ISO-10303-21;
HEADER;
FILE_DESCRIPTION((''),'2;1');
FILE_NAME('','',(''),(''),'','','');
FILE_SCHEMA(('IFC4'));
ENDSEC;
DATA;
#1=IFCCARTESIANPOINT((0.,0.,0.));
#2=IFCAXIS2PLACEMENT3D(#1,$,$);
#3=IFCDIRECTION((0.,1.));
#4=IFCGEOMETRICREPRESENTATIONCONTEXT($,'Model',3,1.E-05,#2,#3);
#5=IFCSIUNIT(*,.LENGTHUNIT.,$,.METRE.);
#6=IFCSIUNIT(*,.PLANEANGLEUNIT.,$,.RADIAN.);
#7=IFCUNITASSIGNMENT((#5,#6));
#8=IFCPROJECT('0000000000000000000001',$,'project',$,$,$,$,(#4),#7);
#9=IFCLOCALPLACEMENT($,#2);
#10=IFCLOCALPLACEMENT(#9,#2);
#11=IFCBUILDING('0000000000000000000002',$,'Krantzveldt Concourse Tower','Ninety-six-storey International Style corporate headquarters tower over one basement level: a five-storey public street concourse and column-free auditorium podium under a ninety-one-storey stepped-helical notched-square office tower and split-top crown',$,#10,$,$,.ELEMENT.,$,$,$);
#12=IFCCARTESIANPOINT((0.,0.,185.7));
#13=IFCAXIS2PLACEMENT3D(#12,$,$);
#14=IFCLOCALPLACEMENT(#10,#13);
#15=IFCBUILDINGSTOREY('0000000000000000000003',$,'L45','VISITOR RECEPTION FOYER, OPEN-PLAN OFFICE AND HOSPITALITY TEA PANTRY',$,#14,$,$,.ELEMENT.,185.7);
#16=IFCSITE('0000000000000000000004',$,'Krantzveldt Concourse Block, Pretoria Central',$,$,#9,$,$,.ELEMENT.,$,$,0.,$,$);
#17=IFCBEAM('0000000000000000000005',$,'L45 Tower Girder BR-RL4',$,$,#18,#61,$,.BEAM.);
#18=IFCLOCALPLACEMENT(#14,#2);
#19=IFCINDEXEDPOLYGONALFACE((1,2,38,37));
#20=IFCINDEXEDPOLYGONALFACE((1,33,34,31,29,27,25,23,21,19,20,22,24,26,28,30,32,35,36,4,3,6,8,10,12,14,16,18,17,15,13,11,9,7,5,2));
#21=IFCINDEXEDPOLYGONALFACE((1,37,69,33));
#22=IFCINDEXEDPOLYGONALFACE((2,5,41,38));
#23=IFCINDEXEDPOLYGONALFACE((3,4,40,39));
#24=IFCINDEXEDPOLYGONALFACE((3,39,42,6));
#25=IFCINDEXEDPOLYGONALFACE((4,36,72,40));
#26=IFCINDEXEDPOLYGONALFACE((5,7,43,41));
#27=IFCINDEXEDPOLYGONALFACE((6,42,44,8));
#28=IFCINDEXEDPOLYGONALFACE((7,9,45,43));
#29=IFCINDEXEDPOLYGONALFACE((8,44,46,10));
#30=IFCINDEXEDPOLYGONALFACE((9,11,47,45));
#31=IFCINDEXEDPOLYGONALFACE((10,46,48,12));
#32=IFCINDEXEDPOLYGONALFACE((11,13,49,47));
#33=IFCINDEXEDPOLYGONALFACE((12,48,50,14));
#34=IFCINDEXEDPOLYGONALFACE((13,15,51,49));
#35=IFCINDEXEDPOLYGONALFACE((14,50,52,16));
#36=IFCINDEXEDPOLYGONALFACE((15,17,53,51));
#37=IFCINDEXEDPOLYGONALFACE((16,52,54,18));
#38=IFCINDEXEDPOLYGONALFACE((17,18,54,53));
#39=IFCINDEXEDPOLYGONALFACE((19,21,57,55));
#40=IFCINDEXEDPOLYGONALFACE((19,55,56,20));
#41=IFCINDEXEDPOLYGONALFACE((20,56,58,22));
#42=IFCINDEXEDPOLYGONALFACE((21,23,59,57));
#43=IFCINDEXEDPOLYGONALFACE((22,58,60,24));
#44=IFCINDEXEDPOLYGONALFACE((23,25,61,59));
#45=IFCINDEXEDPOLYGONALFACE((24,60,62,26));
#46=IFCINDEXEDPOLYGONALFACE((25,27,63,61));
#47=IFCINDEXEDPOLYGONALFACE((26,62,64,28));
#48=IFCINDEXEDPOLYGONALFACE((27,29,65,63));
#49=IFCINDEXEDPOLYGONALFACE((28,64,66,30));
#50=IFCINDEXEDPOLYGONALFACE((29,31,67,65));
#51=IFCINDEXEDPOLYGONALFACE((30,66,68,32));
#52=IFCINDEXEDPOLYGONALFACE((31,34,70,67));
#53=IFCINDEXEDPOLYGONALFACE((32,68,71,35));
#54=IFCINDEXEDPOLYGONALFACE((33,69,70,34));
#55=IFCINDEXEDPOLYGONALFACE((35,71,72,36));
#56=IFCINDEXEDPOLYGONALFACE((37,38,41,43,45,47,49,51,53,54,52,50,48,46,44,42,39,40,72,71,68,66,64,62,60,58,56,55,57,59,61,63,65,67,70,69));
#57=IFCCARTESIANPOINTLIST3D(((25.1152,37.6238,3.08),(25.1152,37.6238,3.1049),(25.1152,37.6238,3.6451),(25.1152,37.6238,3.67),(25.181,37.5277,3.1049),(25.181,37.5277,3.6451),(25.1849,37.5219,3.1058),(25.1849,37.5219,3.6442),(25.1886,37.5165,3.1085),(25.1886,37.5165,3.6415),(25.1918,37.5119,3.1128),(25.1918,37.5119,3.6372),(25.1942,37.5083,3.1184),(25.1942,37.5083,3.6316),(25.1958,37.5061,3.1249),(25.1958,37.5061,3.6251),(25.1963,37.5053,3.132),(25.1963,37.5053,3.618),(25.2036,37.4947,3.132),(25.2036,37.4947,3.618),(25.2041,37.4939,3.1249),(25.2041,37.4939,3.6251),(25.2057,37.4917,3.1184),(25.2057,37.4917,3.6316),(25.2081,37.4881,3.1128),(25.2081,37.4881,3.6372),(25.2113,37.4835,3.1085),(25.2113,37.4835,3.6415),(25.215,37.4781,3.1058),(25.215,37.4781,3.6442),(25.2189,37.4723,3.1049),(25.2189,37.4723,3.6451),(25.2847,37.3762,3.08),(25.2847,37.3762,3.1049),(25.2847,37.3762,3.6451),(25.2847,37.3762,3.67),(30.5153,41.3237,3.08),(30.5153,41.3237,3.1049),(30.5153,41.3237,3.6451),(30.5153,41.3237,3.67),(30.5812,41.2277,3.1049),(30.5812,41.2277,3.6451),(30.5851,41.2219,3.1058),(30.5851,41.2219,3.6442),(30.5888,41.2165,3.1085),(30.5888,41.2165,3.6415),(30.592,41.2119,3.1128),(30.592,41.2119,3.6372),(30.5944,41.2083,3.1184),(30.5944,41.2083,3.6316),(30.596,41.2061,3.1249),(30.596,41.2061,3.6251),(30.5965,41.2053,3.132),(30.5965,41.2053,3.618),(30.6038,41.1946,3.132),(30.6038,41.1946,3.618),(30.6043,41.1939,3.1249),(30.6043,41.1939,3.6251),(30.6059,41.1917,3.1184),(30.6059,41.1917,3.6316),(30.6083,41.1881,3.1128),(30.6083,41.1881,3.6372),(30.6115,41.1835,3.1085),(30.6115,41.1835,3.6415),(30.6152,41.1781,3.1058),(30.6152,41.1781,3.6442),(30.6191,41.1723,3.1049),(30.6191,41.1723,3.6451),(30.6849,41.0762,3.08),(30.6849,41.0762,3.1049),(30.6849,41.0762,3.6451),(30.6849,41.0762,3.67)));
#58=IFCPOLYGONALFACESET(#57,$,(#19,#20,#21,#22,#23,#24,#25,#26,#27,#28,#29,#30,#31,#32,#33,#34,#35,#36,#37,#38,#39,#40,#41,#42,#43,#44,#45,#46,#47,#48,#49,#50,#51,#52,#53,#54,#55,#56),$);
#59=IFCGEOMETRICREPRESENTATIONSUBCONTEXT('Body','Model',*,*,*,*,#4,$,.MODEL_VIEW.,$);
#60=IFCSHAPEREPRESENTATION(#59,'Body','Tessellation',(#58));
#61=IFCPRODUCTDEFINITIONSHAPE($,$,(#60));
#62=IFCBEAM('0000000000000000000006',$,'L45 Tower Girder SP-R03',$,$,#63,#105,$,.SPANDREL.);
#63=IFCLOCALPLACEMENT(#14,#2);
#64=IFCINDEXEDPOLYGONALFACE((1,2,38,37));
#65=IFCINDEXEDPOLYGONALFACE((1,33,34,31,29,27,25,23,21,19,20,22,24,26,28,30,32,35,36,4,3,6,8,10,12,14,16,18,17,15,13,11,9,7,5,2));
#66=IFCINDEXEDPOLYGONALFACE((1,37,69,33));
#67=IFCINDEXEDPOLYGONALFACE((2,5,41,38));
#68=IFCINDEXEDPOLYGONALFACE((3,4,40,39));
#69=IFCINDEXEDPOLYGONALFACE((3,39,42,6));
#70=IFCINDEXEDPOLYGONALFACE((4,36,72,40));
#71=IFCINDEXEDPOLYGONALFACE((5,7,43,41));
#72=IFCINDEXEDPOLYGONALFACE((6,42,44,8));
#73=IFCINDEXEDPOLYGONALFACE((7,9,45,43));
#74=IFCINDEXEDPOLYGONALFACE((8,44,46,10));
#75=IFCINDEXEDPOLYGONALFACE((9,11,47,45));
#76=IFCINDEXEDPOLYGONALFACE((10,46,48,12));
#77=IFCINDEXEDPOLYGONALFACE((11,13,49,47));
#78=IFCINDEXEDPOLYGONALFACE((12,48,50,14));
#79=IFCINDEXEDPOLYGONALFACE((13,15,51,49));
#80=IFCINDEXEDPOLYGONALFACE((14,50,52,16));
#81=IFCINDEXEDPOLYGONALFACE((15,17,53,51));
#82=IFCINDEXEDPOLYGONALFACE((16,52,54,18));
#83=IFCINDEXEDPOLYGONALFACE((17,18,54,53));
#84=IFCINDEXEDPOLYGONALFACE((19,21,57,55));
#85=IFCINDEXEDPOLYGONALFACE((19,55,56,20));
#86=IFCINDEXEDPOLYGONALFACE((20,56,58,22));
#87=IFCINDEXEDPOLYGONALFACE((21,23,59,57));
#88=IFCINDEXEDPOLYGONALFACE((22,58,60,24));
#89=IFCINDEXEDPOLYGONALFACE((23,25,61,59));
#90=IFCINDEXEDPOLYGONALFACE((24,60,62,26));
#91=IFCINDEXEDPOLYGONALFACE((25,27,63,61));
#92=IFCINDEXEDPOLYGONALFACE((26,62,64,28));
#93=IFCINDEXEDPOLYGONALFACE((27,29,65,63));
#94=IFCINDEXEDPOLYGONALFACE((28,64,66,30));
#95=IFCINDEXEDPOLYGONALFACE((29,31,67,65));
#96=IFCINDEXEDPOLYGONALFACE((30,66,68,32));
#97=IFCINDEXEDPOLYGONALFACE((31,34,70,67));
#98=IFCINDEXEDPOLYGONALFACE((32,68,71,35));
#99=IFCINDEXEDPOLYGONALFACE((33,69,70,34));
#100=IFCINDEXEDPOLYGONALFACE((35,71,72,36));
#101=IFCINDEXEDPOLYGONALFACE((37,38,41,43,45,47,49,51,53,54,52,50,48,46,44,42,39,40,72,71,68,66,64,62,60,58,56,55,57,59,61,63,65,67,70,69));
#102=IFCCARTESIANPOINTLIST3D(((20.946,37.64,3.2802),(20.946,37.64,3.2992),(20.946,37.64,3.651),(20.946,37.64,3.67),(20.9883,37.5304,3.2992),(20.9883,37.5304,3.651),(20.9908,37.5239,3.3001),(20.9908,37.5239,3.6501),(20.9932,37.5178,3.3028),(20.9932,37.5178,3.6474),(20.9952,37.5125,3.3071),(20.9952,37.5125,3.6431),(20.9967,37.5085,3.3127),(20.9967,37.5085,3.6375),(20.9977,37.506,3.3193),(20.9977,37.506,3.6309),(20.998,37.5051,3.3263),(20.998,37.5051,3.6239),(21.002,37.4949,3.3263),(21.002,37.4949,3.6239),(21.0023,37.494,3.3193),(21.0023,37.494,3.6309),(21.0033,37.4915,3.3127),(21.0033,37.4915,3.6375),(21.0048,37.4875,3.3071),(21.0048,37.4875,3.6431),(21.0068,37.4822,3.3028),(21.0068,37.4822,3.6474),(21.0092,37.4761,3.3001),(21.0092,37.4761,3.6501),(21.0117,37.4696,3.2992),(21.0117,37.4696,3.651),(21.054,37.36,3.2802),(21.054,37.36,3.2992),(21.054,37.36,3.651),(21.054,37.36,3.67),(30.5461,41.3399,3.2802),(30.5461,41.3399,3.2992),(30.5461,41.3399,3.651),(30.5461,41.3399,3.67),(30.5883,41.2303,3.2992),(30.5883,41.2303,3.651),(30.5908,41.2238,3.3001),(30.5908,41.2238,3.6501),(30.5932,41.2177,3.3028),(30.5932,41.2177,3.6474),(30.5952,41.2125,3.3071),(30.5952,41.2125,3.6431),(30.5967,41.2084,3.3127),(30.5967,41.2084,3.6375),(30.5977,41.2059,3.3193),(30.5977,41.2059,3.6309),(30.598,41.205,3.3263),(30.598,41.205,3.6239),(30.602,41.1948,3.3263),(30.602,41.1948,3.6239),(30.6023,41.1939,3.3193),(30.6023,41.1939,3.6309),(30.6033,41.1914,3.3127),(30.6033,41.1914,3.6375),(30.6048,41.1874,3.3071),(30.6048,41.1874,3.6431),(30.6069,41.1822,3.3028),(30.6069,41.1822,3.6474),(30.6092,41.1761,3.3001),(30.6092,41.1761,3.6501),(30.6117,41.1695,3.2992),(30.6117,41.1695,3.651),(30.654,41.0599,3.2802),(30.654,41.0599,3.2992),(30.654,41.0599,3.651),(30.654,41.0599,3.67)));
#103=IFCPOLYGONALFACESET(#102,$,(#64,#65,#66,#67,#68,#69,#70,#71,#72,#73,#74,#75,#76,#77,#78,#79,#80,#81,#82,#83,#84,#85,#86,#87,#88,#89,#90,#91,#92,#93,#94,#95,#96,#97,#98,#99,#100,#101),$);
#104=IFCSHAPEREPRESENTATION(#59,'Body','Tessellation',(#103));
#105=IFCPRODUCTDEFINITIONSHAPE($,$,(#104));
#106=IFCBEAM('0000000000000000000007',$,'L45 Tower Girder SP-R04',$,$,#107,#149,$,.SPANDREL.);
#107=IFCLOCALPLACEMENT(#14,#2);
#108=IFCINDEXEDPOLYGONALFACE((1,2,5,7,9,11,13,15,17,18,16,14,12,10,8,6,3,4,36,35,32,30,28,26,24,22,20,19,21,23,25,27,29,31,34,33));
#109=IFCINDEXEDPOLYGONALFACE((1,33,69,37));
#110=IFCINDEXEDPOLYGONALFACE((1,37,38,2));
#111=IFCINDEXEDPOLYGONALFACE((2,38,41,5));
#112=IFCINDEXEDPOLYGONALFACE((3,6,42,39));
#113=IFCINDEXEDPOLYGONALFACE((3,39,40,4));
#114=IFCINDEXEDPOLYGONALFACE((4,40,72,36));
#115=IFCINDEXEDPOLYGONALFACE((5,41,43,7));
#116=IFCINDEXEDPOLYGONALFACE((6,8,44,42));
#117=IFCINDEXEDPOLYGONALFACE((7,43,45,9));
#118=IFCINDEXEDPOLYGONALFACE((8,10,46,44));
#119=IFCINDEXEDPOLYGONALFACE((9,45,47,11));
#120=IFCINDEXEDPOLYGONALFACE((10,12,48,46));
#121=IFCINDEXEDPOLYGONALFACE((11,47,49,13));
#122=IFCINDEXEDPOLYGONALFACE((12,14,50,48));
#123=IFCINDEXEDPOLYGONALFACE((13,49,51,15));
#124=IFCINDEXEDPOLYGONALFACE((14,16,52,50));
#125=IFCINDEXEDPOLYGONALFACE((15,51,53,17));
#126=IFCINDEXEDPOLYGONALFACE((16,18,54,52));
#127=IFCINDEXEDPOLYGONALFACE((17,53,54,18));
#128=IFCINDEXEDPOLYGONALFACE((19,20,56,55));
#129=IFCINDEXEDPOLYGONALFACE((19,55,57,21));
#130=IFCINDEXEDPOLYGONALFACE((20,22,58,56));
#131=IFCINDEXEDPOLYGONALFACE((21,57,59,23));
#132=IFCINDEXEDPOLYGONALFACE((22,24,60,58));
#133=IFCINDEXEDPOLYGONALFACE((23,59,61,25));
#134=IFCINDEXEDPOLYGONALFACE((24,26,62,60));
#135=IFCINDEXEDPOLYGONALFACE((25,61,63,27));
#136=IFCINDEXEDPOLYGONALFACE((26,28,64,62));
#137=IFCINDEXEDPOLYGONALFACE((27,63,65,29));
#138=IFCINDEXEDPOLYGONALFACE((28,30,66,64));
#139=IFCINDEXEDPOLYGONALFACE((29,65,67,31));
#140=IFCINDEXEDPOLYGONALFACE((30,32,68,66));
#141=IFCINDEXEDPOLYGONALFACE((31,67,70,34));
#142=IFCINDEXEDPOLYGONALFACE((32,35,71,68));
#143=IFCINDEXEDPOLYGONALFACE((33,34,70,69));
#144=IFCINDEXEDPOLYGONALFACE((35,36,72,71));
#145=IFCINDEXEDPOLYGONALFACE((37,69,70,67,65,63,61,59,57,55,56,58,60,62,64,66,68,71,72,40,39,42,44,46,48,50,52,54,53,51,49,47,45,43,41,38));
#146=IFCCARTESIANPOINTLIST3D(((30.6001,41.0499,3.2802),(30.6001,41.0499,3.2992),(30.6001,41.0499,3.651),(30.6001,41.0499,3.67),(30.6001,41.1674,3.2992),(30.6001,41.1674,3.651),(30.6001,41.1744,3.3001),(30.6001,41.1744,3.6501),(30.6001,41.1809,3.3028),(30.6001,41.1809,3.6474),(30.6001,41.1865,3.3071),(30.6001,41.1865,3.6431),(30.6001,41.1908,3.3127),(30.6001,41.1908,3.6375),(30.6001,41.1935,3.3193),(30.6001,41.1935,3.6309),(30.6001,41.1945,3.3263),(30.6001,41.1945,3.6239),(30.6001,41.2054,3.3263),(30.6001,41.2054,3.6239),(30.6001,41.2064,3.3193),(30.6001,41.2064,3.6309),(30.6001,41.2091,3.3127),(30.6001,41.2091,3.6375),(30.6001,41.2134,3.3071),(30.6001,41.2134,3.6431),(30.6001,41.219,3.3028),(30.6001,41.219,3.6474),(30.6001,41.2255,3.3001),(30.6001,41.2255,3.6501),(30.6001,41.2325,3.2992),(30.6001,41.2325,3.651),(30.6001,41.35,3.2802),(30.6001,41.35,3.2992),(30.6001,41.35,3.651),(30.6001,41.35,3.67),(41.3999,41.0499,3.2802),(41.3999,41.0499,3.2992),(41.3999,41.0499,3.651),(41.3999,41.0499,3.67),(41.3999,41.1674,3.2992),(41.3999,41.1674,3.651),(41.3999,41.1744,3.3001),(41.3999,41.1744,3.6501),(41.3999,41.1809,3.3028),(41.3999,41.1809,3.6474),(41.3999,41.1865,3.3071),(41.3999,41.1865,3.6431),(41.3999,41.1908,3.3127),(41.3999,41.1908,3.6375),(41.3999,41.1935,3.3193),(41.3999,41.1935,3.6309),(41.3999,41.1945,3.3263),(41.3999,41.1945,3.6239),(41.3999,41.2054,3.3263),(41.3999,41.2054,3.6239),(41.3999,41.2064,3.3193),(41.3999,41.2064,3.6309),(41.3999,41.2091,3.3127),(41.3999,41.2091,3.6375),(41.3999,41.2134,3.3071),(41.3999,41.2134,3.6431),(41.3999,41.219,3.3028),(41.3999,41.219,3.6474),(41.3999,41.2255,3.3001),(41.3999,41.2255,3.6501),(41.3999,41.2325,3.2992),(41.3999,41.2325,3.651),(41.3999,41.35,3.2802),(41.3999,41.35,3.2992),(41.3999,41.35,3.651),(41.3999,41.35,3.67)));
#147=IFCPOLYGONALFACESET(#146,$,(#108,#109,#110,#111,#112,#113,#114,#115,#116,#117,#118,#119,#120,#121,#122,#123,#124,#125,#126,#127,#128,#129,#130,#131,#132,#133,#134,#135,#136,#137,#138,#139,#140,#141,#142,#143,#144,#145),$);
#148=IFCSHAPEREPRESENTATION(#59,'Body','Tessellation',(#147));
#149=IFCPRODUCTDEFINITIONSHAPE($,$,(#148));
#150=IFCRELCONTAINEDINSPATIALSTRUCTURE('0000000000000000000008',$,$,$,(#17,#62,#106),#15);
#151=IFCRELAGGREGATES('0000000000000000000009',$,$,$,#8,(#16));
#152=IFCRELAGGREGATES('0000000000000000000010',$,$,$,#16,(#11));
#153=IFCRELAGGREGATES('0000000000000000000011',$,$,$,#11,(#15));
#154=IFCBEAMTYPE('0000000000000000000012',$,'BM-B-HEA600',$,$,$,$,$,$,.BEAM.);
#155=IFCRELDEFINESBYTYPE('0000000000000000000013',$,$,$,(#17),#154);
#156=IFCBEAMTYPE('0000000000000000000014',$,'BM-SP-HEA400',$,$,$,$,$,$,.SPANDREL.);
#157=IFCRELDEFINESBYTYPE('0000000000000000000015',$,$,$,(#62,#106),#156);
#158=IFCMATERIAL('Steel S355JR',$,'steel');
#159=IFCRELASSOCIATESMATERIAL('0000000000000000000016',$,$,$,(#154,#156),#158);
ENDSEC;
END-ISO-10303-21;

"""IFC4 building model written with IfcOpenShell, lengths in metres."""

from ifc_helpers import new_model, si_unit, direction, frame, origin, origin_2d, place, context, subcontext, project, spatial, i_section, extrude, source, transform, mapped, material, material_profile, profile_set, type_object, type_shapes, element, save


model = new_model("IFC4")

# Units and contexts
model_context = context("Model", 3, precision=1e-05, world=origin(), true_north=direction((0.0, 1.0)))
body_context = subcontext(model_context, "Body", "Model", "MODEL_VIEW")
ifc_project = project(units=[si_unit("LENGTHUNIT", "METRE"), si_unit("PLANEANGLEUNIT", "RADIAN")], contexts=[model_context])

# Site, building, storey
site_placement = place(None, origin())
site = spatial("IfcSite", under=ifc_project, at=site_placement, Name="Krantzveldt Concourse Block, Pretoria Central", CompositionType="ELEMENT", RefElevation=0.0)
building_placement = place(site_placement, origin())
building = spatial("IfcBuilding", under=site, at=building_placement, Name="Krantzveldt Concourse Tower", Description="Ninety-six-storey International Style corporate headquarters tower over one basement level: a five-storey public street concourse and column-free auditorium podium under a ninety-one-storey stepped-helical notched-square office tower and split-top crown", CompositionType="ELEMENT")
storey_placement = place(building_placement, frame((0.0, 0.0, 185.7)))
storey = spatial("IfcBuildingStorey", under=building, at=storey_placement, Name="L45", Description="VISITOR RECEPTION FOYER, OPEN-PLAN OFFICE AND HOSPITALITY TEA PANTRY", CompositionType="ELEMENT", Elevation=185.7)

# Beams
ifc_material_1 = material(Name="Steel S355JR", Category="steel")
ifc_material_profile_1 = material_profile(ifc_material_1, i_section(OverallWidth=0.3, OverallDepth=0.5901, WebThickness=0.0129, FlangeThickness=0.0249, FilletRadius=0.0271, at=origin_2d()), Name="Steel S355JR", Category="steel")
ifc_profile_set_1 = profile_set([ifc_material_profile_1], Name="Steel S355JR - HEA 600")
beam_type_1 = type_object("IfcBeamType", Name="BM-B-HEA600", PredefinedType="BEAM", material=ifc_profile_set_1)
shared_shape_1 = source(origin(), body_context, "Body", "SweptSolid", [
    extrude(i_section(OverallWidth=0.3, OverallDepth=0.5901, WebThickness=0.0129, FlangeThickness=0.0249, FilletRadius=0.0271, at=origin_2d()), origin(), (0.0, 0.0, 1.0), 6.5461),
])
beam_1_placement = place(storey_placement, frame((25.2, 37.5, 3.375), z_axis=(0.824943, 0.565216, 0.0), x_axis=(-0.565216, 0.824943, 0.0)))
element("IfcBeam", 1, at=beam_1_placement, inside=storey, type_object=beam_type_1, Name="L45 Tower Girder BR-RL4", PredefinedType="BEAM", context=body_context, shape_type="MappedRepresentation", body=[
    mapped(shared_shape_1, transform((0.0, 0.0, 0.0), x_axis=(1.0, 0.0, 0.0), y_axis=(0.0, 1.0, 0.0), z_axis=(0.0, 0.0, 1.0), scale=1.0)),
])
ifc_material_profile_2 = material_profile(ifc_material_1, i_section(OverallWidth=0.3, OverallDepth=0.3899, WebThickness=0.011, FlangeThickness=0.019, FilletRadius=0.0271, at=origin_2d()), Name="Steel S355JR", Category="steel")
ifc_profile_set_2 = profile_set([ifc_material_profile_2], Name="Steel S355JR - HEA 400")
beam_type_2 = type_object("IfcBeamType", Name="BM-SP-HEA400", PredefinedType="SPANDREL", material=ifc_profile_set_2)
shared_shape_2 = source(origin(), body_context, "Body", "SweptSolid", [
    extrude(i_section(OverallWidth=0.3, OverallDepth=0.3899, WebThickness=0.011, FlangeThickness=0.019, FilletRadius=0.0271, at=origin_2d()), origin(), (0.0, 0.0, 1.0), 10.2883),
])
beam_2_placement = place(storey_placement, frame((21.0, 37.5, 3.4751), z_axis=(0.933098, 0.359623, 0.0), x_axis=(-0.359623, 0.933098, 0.0)))
element("IfcBeam", 2, at=beam_2_placement, inside=storey, type_object=beam_type_2, Name="L45 Tower Girder SP-R03", PredefinedType="SPANDREL", context=body_context, shape_type="MappedRepresentation", body=[
    mapped(shared_shape_2, transform((0.0, 0.0, 0.0), x_axis=(1.0, 0.0, 0.0), y_axis=(0.0, 1.0, 0.0), z_axis=(0.0, 0.0, 1.0), scale=1.0)),
])
shared_shape_3 = source(origin(), body_context, "Body", "SweptSolid", [
    extrude(i_section(OverallWidth=0.3, OverallDepth=0.3899, WebThickness=0.011, FlangeThickness=0.019, FilletRadius=0.0271, at=origin_2d()), origin(), (0.0, 0.0, 1.0), 10.7998),
])
type_shapes(beam_type_2, [shared_shape_2, shared_shape_3])
beam_3_placement = place(storey_placement, frame((30.6001, 41.2, 3.4751), z_axis=(1.0, 0.0, 0.0), x_axis=(0.0, 1.0, 0.0)))
element("IfcBeam", 3, at=beam_3_placement, inside=storey, type_object=beam_type_2, Name="L45 Tower Girder SP-R04", PredefinedType="SPANDREL", context=body_context, shape_type="MappedRepresentation", body=[
    mapped(shared_shape_3, transform((0.0, 0.0, 0.0), x_axis=(1.0, 0.0, 0.0), y_axis=(0.0, 1.0, 0.0), z_axis=(0.0, 0.0, 1.0), scale=1.0)),
])

save(model, "model.ifc")
